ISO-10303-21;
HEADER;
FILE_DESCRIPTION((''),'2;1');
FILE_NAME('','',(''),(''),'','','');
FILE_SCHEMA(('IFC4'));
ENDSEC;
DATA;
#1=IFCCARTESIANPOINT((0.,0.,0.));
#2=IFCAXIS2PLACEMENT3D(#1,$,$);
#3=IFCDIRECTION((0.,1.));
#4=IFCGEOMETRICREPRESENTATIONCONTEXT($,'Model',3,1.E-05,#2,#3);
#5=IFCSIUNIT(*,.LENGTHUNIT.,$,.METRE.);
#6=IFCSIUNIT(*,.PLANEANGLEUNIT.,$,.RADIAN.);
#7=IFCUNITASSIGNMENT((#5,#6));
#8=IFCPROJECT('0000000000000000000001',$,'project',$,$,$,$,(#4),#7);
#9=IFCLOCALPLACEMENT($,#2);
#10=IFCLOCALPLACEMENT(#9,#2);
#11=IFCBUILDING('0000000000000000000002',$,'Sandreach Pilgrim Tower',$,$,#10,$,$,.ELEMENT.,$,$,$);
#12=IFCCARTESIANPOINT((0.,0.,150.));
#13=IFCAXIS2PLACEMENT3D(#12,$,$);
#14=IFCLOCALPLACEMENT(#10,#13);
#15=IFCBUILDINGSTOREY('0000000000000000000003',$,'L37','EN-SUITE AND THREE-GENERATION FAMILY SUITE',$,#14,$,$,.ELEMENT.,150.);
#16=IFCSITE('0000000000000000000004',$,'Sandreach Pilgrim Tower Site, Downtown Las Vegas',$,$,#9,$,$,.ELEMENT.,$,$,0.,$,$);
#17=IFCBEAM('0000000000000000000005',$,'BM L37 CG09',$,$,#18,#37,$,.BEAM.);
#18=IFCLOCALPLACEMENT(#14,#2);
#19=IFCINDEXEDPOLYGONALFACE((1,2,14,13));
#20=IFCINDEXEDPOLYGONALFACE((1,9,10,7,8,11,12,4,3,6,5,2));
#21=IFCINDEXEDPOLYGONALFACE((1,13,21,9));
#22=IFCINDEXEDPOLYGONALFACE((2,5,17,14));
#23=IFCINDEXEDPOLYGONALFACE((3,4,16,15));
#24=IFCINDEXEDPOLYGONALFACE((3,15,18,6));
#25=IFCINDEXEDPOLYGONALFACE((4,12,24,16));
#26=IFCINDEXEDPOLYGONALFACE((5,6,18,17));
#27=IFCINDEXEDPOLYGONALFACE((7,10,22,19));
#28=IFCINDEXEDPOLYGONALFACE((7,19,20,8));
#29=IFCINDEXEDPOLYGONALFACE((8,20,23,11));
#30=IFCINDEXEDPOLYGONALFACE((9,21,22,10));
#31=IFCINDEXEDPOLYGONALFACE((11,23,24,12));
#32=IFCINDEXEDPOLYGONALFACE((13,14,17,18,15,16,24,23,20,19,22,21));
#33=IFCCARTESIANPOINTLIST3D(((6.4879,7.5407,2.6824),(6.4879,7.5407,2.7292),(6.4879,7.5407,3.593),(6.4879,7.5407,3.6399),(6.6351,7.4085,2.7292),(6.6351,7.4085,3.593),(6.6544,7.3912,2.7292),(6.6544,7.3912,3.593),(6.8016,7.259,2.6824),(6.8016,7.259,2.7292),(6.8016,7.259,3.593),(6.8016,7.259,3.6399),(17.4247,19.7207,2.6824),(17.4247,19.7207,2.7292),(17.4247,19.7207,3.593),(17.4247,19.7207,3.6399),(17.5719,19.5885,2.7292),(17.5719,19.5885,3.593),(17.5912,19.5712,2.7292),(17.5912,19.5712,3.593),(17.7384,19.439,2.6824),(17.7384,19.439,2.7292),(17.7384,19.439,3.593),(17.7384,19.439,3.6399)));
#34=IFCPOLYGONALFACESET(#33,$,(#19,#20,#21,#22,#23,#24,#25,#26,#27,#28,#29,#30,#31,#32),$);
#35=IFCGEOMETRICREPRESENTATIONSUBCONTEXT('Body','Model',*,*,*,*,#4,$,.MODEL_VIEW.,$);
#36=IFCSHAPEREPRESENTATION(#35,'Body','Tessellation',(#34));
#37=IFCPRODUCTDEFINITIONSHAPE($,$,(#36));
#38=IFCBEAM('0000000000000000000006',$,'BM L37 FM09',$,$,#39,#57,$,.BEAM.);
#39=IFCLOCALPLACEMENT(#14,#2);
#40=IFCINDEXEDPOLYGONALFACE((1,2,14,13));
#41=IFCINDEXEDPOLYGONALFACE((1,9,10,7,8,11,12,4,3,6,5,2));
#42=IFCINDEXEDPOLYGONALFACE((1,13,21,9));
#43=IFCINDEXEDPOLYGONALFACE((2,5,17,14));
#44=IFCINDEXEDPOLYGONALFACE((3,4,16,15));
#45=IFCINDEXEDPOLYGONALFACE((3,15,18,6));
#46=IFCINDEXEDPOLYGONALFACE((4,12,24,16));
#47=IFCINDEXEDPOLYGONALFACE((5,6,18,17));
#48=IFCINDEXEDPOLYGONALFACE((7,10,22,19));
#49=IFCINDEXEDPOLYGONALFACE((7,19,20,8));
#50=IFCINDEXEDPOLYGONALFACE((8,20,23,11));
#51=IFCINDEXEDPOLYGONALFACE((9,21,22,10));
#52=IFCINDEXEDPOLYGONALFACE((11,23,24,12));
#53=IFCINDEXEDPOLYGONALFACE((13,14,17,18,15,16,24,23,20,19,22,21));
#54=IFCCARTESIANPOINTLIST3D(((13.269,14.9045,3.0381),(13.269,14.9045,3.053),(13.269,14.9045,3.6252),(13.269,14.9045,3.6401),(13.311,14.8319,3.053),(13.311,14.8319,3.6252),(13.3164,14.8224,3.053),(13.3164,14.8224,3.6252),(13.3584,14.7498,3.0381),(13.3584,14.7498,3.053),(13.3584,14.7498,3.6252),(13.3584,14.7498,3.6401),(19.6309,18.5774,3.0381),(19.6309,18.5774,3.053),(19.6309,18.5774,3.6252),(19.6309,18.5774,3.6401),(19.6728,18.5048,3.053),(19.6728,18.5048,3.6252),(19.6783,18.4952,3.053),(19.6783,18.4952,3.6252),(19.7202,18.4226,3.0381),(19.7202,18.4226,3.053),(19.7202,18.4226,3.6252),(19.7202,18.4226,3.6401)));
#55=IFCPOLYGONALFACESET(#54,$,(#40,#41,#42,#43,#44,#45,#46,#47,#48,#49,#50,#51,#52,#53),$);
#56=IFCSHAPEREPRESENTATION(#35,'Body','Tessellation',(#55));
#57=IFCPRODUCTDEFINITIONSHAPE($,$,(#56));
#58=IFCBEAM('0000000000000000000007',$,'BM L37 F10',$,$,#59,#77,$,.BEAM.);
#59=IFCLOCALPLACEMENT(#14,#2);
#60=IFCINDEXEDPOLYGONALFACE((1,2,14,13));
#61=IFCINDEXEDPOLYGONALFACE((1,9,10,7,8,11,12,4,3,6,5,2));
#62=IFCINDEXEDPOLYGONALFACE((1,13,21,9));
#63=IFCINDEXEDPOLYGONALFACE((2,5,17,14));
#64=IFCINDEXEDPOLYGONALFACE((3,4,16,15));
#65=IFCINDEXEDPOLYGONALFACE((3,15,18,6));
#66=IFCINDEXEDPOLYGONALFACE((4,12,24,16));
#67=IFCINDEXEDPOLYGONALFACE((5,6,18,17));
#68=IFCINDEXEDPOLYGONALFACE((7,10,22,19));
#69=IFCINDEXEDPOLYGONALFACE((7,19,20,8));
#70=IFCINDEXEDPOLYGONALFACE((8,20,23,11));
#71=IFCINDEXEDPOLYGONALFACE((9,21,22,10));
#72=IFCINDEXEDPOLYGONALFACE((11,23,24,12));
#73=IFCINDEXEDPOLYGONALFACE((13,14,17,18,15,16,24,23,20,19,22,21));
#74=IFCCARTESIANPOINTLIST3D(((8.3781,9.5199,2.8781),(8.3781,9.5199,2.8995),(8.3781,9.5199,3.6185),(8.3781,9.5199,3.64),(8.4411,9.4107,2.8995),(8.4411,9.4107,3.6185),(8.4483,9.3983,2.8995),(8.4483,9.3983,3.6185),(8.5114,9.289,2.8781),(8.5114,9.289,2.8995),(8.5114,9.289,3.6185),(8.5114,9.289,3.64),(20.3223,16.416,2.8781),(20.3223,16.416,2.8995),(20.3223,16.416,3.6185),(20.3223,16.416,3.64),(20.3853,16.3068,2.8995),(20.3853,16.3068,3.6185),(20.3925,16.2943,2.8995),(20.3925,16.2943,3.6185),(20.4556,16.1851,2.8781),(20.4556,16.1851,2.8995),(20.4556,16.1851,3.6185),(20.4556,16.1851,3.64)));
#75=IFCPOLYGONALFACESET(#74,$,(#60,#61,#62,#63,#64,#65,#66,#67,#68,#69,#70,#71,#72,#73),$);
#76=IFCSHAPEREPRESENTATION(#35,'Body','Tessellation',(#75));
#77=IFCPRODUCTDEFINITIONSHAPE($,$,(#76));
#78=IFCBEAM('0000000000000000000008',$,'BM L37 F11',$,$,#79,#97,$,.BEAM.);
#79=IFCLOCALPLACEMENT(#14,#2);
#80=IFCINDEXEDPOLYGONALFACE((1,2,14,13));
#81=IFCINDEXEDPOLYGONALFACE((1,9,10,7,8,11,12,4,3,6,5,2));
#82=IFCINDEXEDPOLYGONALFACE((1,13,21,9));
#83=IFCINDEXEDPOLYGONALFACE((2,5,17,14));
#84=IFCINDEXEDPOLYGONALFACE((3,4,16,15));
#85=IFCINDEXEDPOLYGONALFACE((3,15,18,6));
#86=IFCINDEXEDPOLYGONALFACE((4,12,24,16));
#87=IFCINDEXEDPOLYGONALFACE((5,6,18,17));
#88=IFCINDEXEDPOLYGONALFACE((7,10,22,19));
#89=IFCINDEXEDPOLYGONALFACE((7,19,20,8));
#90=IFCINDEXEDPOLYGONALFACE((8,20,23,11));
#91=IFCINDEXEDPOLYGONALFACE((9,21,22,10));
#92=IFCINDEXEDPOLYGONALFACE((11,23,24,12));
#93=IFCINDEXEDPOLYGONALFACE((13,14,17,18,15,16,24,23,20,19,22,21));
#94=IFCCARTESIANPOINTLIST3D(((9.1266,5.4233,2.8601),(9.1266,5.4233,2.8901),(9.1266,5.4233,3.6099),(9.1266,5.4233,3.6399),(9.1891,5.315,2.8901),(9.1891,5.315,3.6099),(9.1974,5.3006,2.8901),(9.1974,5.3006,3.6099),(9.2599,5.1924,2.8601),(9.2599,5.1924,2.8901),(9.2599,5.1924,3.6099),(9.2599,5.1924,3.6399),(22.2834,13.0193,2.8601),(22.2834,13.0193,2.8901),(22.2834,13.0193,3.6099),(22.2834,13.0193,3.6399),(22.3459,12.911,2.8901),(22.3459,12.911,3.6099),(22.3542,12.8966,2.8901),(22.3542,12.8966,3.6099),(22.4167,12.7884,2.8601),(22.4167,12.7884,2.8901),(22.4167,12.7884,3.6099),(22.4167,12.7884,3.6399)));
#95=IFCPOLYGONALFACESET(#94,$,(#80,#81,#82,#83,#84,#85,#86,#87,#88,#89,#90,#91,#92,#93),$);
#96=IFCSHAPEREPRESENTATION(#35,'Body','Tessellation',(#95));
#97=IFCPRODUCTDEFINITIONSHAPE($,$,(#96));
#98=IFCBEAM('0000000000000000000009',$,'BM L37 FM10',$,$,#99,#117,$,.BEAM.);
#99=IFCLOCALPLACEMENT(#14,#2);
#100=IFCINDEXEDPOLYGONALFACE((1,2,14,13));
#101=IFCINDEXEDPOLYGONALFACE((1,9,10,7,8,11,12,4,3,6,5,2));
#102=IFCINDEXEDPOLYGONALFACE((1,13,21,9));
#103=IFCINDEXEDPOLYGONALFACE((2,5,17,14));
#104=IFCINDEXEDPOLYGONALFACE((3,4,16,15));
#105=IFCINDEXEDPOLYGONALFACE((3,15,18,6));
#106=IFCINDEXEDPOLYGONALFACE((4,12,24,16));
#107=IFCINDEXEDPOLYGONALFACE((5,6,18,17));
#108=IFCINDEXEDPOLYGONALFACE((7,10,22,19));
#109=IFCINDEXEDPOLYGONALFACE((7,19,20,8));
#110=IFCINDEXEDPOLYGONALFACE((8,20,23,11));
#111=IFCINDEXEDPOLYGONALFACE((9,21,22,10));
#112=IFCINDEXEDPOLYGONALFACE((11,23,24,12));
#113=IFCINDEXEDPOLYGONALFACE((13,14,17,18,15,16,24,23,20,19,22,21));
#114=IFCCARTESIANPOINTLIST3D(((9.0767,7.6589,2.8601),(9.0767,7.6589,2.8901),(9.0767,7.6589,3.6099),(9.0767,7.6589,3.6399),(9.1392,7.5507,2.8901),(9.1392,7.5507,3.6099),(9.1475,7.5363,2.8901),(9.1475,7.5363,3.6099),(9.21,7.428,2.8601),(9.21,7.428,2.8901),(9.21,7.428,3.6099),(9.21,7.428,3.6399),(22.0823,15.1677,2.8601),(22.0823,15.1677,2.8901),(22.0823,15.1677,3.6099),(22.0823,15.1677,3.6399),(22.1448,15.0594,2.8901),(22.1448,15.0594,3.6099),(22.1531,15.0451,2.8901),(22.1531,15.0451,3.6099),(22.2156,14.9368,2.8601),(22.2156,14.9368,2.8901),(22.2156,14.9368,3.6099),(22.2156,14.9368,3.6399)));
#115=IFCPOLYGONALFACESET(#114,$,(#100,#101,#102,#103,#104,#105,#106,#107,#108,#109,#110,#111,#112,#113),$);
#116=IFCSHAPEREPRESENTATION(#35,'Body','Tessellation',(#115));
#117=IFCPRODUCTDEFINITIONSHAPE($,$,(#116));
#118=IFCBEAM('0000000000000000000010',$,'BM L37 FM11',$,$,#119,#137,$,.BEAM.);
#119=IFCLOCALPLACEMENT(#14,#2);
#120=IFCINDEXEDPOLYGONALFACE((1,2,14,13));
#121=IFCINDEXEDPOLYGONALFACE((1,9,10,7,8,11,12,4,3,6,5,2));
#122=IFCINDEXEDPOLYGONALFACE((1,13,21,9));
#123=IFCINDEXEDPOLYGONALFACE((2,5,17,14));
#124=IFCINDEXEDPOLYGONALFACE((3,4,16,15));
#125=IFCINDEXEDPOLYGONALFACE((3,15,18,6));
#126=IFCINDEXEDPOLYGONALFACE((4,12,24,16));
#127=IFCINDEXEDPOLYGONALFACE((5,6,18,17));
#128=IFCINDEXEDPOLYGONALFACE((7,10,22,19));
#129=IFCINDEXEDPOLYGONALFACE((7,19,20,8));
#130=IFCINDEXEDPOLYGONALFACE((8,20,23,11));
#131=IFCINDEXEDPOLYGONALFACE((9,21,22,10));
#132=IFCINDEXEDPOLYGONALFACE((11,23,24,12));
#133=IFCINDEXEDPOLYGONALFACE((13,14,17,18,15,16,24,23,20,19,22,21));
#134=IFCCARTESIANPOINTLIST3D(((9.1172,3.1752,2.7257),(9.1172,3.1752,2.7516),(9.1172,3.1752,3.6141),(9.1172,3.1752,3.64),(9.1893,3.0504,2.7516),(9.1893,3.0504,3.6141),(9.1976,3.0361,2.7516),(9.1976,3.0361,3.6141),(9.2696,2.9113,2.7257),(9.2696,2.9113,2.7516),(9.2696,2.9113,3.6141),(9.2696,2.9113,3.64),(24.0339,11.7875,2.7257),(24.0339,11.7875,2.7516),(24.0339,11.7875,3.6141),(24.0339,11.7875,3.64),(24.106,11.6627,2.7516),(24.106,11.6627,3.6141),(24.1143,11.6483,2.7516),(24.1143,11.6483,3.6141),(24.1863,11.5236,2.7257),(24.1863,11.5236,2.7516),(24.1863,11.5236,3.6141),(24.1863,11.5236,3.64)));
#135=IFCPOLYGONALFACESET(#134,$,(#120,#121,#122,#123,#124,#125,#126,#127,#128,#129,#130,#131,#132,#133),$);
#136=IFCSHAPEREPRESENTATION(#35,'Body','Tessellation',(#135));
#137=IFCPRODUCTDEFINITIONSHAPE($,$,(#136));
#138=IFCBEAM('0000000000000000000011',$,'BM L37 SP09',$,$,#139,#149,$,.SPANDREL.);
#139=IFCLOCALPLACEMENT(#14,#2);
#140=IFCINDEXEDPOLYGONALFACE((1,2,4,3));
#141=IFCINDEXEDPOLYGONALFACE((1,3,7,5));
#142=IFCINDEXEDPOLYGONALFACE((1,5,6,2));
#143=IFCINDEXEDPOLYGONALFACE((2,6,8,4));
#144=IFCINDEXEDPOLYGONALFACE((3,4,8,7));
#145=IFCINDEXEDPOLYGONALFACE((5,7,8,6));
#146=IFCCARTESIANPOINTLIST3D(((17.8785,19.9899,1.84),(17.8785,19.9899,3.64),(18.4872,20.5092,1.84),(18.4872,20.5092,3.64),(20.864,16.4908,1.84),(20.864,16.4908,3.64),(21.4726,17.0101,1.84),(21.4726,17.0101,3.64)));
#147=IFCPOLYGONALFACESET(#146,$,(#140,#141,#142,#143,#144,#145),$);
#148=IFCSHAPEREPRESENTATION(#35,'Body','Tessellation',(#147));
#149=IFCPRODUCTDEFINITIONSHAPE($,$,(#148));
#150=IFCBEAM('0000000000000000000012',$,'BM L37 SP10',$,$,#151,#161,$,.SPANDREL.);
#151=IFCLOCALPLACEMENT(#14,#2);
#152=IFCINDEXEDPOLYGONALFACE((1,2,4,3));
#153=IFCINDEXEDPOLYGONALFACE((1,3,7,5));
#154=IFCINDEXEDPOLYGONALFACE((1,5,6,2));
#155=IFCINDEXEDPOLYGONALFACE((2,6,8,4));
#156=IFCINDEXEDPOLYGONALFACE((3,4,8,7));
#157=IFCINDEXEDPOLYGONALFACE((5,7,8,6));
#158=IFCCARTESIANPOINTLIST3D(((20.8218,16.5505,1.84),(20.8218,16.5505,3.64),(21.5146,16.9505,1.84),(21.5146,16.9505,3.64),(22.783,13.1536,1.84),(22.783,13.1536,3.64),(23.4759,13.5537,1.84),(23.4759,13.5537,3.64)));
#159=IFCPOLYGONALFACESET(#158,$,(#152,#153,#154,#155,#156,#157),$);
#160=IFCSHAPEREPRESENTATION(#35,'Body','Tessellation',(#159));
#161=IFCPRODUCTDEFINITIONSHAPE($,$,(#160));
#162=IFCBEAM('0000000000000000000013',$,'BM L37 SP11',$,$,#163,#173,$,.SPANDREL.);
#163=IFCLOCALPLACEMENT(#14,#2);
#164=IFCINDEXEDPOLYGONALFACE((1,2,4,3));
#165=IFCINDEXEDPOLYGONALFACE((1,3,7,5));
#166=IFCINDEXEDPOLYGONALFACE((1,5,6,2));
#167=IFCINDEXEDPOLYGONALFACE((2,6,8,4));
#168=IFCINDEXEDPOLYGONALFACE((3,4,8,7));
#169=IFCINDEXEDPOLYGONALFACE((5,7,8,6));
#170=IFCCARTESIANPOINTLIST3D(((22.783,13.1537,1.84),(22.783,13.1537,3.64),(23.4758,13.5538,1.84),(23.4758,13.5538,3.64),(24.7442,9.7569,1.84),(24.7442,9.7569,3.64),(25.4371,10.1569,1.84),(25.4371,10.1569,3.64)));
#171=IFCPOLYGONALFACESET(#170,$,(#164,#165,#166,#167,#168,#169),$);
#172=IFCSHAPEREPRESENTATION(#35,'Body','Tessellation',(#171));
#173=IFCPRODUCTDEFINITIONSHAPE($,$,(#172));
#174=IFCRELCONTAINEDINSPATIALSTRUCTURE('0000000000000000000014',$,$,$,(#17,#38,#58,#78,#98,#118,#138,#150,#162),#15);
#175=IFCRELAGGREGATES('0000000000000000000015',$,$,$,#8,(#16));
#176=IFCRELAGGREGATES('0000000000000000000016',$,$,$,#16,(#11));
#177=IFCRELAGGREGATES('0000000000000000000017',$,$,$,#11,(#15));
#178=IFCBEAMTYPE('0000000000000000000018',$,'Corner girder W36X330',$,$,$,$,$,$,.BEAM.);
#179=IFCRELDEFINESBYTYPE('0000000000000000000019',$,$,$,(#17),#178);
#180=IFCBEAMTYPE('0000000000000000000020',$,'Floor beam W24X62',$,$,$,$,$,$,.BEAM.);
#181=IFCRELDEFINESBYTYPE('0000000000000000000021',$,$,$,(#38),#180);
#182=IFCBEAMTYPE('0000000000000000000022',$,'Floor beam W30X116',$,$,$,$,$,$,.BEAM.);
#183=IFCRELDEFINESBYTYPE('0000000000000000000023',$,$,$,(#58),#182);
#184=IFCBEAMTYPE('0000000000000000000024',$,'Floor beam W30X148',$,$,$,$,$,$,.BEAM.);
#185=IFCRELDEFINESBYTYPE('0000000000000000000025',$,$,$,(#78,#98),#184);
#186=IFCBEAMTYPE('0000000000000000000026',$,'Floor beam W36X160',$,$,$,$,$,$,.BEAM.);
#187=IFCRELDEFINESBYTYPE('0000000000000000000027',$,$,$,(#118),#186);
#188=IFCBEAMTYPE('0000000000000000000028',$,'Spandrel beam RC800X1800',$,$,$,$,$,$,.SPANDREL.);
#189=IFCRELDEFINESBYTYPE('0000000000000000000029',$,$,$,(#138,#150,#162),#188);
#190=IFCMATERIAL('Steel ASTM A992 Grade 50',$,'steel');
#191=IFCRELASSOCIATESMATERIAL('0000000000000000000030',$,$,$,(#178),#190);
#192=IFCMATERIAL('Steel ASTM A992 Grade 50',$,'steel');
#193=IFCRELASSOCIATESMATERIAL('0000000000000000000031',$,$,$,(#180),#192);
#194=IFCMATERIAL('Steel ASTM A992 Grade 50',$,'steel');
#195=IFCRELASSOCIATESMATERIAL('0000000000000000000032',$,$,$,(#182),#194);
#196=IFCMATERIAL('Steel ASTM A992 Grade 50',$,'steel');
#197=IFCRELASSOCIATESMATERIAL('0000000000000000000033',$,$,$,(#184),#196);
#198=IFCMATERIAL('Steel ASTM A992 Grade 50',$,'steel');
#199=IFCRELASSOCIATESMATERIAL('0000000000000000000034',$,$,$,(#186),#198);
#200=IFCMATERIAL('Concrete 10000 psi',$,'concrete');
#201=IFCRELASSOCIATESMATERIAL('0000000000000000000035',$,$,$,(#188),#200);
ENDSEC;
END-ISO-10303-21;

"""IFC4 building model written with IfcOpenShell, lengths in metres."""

from ifc_helpers import new_model, si_unit, direction, frame, origin, origin_2d, place, context, subcontext, project, spatial, rectangle, i_section, extrude, material, material_profile, profile_set, type_object, element, save


model = new_model("IFC4")

# Units and contexts
model_context = context("Model", 3, precision=1e-05, world=origin(), true_north=direction((0.0, 1.0)))
body_context = subcontext(model_context, "Body", "Model", "MODEL_VIEW")
ifc_project = project(units=[si_unit("LENGTHUNIT", "METRE"), si_unit("PLANEANGLEUNIT", "RADIAN")], contexts=[model_context])

# Site, building, storey
site_placement = place(None, origin())
site = spatial("IfcSite", under=ifc_project, at=site_placement, Name="Sandreach Pilgrim Tower Site, Downtown Las Vegas", CompositionType="ELEMENT", RefElevation=0.0)
building_placement = place(site_placement, origin())
building = spatial("IfcBuilding", under=site, at=building_placement, Name="Sandreach Pilgrim Tower", CompositionType="ELEMENT")
storey_placement = place(building_placement, frame((0.0, 0.0, 150.0)))
storey = spatial("IfcBuildingStorey", under=building, at=storey_placement, Name="L37", Description="EN-SUITE AND THREE-GENERATION FAMILY SUITE", CompositionType="ELEMENT", Elevation=150.0)

# Beams
ifc_material_1 = material(Name="Steel ASTM A992 Grade 50", Category="steel")
ifc_material_profile_1 = material_profile(ifc_material_1, i_section(OverallWidth=0.4216, OverallDepth=0.9575, WebThickness=0.0259, FlangeThickness=0.0469, at=origin_2d()), Name="W36X330")
ifc_profile_set_1 = profile_set([ifc_material_profile_1], Name="Steel ASTM A992 Grade 50")
beam_type_1 = type_object("IfcBeamType", Name="Corner girder W36X330", PredefinedType="BEAM", material=ifc_profile_set_1)
beam_1_placement = place(storey_placement, frame((17.5815, 19.5798, 3.1611), z_axis=(-0.668115, -0.744058, 0.0), x_axis=(0.744058, -0.668115, 0.0)))
element("IfcBeam", 1, at=beam_1_placement, inside=storey, type_object=beam_type_1, Name="BM L37 CG09", PredefinedType="BEAM", context=body_context, shape_type="SweptSolid", body=[
    extrude(i_section(OverallWidth=0.4216, OverallDepth=0.9575, WebThickness=0.0259, FlangeThickness=0.0469, at=origin_2d()), origin(), (0.0, 0.0, 1.0), 16.3696),
])
ifc_material_2 = material(Name="Steel ASTM A992 Grade 50", Category="steel")
ifc_material_profile_2 = material_profile(ifc_material_2, i_section(OverallWidth=0.1787, OverallDepth=0.6021, WebThickness=0.011, FlangeThickness=0.0149, at=origin_2d()), Name="W24X62")
ifc_profile_set_2 = profile_set([ifc_material_profile_2], Name="Steel ASTM A992 Grade 50")
beam_type_2 = type_object("IfcBeamType", Name="Floor beam W24X62", PredefinedType="BEAM", material=ifc_profile_set_2)
beam_2_placement = place(storey_placement, frame((19.6755, 18.5, 3.3391), z_axis=(-0.866034, -0.499985, 0.0), x_axis=(0.499985, -0.866034, 0.0)))
element("IfcBeam", 2, at=beam_2_placement, inside=storey, type_object=beam_type_2, Name="BM L37 FM09", PredefinedType="BEAM", context=body_context, shape_type="SweptSolid", body=[
    extrude(i_section(OverallWidth=0.1787, OverallDepth=0.6021, WebThickness=0.011, FlangeThickness=0.0149, at=origin_2d()), origin(), (0.0, 0.0, 1.0), 7.3459),
])
ifc_material_3 = material(Name="Steel ASTM A992 Grade 50", Category="steel")
ifc_material_profile_3 = material_profile(ifc_material_3, i_section(OverallWidth=0.2666, OverallDepth=0.762, WebThickness=0.0144, FlangeThickness=0.0215, at=origin_2d()), Name="W30X116")
ifc_profile_set_3 = profile_set([ifc_material_profile_3], Name="Steel ASTM A992 Grade 50")
beam_type_3 = type_object("IfcBeamType", Name="Floor beam W30X116", PredefinedType="BEAM", material=ifc_profile_set_3)
beam_3_placement = place(storey_placement, frame((20.3889, 16.3005, 3.259), z_axis=(-0.866023, -0.500004, 0.0), x_axis=(0.500004, -0.866023, 0.0)))
element("IfcBeam", 3, at=beam_3_placement, inside=storey, type_object=beam_type_3, Name="BM L37 F10", PredefinedType="BEAM", context=body_context, shape_type="SweptSolid", body=[
    extrude(i_section(OverallWidth=0.2666, OverallDepth=0.762, WebThickness=0.0144, FlangeThickness=0.0215, at=origin_2d()), origin(), (0.0, 0.0, 1.0), 13.792),
])
ifc_material_4 = material(Name="Steel ASTM A992 Grade 50", Category="steel")
ifc_material_profile_4 = material_profile(ifc_material_4, i_section(OverallWidth=0.2666, OverallDepth=0.7798, WebThickness=0.0166, FlangeThickness=0.03, at=origin_2d()), Name="W30X148")
ifc_profile_set_4 = profile_set([ifc_material_profile_4], Name="Steel ASTM A992 Grade 50")
beam_type_4 = type_object("IfcBeamType", Name="Floor beam W30X148", PredefinedType="BEAM", material=ifc_profile_set_4)
beam_4_placement = place(storey_placement, frame((22.3501, 12.9038, 3.25), z_axis=(-0.866028, -0.499995, 0.0), x_axis=(0.499995, -0.866028, 0.0)))
element("IfcBeam", 4, at=beam_4_placement, inside=storey, type_object=beam_type_4, Name="BM L37 F11", PredefinedType="BEAM", context=body_context, shape_type="SweptSolid", body=[
    extrude(i_section(OverallWidth=0.2666, OverallDepth=0.7798, WebThickness=0.0166, FlangeThickness=0.03, at=origin_2d()), origin(), (0.0, 0.0, 1.0), 15.1921),
])
beam_5_placement = place(storey_placement, frame((22.1489, 15.0522, 3.25), z_axis=(-0.866026, -0.5, 0.0), x_axis=(0.5, -0.866026, 0.0)))
element("IfcBeam", 5, at=beam_5_placement, inside=storey, type_object=beam_type_4, Name="BM L37 FM10", PredefinedType="BEAM", context=body_context, shape_type="SweptSolid", body=[
    extrude(i_section(OverallWidth=0.2666, OverallDepth=0.7798, WebThickness=0.0166, FlangeThickness=0.03, at=origin_2d()), origin(), (0.0, 0.0, 1.0), 15.0176),
])
ifc_material_5 = material(Name="Steel ASTM A992 Grade 50", Category="steel")
ifc_material_profile_5 = material_profile(ifc_material_5, i_section(OverallWidth=0.3047, OverallDepth=0.9143, WebThickness=0.0166, FlangeThickness=0.0259, at=origin_2d()), Name="W36X160")
ifc_profile_set_5 = profile_set([ifc_material_profile_5], Name="Steel ASTM A992 Grade 50")
beam_type_5 = type_object("IfcBeamType", Name="Floor beam W36X160", PredefinedType="BEAM", material=ifc_profile_set_5)
beam_6_placement = place(storey_placement, frame((24.1101, 11.6555, 3.1829), z_axis=(-0.866022, -0.500005, 0.0), x_axis=(0.500005, -0.866022, 0.0)))
element("IfcBeam", 6, at=beam_6_placement, inside=storey, type_object=beam_type_5, Name="BM L37 FM11", PredefinedType="BEAM", context=body_context, shape_type="SweptSolid", body=[
    extrude(i_section(OverallWidth=0.3047, OverallDepth=0.9143, WebThickness=0.0166, FlangeThickness=0.0259, at=origin_2d()), origin(), (0.0, 0.0, 1.0), 17.2244),
])
ifc_material_6 = material(Name="Concrete 10000 psi", Category="concrete")
ifc_material_profile_6 = material_profile(ifc_material_6, rectangle(XDim=0.8, YDim=1.8, at=origin_2d()), Name="RC800X1800")
ifc_profile_set_6 = profile_set([ifc_material_profile_6], Name="Concrete 10000 psi")
beam_type_6 = type_object("IfcBeamType", Name="Spandrel beam RC800X1800", PredefinedType="SPANDREL", material=ifc_profile_set_6)
beam_7_placement = place(storey_placement, frame((18.1829, 20.2495, 2.74), z_axis=(0.649059, -0.760738, 0.0), x_axis=(0.760738, 0.649059, 0.0)))
element("IfcBeam", 7, at=beam_7_placement, inside=storey, type_object=beam_type_6, Name="BM L37 SP09", PredefinedType="SPANDREL", context=body_context, shape_type="SweptSolid", body=[
    extrude(rectangle(XDim=0.8, YDim=1.8, at=origin_2d()), origin(), (0.0, 0.0, 1.0), 4.5996),
])
for number, where, z_axis, x_axis, name in (
    (8, (21.1682, 16.7505, 2.74), (0.500015, -0.866017, 0.0), (0.866017, 0.500015, 0.0), "BM L37 SP10"),
    (9, (23.1294, 13.3538, 2.74), (0.500015, -0.866017, 0.0), (0.866017, 0.500015, 0.0), "BM L37 SP11"),
):
    element("IfcBeam", number, at=place(storey_placement, frame(where, z_axis=z_axis, x_axis=x_axis)), inside=storey, type_object=beam_type_6, Name=name, PredefinedType="SPANDREL", context=body_context, shape_type="SweptSolid", body=[
        extrude(rectangle(XDim=0.8, YDim=1.8, at=origin_2d()), origin(), (0.0, 0.0, 1.0), 3.9224),
    ])

save(model, "model.ifc")
